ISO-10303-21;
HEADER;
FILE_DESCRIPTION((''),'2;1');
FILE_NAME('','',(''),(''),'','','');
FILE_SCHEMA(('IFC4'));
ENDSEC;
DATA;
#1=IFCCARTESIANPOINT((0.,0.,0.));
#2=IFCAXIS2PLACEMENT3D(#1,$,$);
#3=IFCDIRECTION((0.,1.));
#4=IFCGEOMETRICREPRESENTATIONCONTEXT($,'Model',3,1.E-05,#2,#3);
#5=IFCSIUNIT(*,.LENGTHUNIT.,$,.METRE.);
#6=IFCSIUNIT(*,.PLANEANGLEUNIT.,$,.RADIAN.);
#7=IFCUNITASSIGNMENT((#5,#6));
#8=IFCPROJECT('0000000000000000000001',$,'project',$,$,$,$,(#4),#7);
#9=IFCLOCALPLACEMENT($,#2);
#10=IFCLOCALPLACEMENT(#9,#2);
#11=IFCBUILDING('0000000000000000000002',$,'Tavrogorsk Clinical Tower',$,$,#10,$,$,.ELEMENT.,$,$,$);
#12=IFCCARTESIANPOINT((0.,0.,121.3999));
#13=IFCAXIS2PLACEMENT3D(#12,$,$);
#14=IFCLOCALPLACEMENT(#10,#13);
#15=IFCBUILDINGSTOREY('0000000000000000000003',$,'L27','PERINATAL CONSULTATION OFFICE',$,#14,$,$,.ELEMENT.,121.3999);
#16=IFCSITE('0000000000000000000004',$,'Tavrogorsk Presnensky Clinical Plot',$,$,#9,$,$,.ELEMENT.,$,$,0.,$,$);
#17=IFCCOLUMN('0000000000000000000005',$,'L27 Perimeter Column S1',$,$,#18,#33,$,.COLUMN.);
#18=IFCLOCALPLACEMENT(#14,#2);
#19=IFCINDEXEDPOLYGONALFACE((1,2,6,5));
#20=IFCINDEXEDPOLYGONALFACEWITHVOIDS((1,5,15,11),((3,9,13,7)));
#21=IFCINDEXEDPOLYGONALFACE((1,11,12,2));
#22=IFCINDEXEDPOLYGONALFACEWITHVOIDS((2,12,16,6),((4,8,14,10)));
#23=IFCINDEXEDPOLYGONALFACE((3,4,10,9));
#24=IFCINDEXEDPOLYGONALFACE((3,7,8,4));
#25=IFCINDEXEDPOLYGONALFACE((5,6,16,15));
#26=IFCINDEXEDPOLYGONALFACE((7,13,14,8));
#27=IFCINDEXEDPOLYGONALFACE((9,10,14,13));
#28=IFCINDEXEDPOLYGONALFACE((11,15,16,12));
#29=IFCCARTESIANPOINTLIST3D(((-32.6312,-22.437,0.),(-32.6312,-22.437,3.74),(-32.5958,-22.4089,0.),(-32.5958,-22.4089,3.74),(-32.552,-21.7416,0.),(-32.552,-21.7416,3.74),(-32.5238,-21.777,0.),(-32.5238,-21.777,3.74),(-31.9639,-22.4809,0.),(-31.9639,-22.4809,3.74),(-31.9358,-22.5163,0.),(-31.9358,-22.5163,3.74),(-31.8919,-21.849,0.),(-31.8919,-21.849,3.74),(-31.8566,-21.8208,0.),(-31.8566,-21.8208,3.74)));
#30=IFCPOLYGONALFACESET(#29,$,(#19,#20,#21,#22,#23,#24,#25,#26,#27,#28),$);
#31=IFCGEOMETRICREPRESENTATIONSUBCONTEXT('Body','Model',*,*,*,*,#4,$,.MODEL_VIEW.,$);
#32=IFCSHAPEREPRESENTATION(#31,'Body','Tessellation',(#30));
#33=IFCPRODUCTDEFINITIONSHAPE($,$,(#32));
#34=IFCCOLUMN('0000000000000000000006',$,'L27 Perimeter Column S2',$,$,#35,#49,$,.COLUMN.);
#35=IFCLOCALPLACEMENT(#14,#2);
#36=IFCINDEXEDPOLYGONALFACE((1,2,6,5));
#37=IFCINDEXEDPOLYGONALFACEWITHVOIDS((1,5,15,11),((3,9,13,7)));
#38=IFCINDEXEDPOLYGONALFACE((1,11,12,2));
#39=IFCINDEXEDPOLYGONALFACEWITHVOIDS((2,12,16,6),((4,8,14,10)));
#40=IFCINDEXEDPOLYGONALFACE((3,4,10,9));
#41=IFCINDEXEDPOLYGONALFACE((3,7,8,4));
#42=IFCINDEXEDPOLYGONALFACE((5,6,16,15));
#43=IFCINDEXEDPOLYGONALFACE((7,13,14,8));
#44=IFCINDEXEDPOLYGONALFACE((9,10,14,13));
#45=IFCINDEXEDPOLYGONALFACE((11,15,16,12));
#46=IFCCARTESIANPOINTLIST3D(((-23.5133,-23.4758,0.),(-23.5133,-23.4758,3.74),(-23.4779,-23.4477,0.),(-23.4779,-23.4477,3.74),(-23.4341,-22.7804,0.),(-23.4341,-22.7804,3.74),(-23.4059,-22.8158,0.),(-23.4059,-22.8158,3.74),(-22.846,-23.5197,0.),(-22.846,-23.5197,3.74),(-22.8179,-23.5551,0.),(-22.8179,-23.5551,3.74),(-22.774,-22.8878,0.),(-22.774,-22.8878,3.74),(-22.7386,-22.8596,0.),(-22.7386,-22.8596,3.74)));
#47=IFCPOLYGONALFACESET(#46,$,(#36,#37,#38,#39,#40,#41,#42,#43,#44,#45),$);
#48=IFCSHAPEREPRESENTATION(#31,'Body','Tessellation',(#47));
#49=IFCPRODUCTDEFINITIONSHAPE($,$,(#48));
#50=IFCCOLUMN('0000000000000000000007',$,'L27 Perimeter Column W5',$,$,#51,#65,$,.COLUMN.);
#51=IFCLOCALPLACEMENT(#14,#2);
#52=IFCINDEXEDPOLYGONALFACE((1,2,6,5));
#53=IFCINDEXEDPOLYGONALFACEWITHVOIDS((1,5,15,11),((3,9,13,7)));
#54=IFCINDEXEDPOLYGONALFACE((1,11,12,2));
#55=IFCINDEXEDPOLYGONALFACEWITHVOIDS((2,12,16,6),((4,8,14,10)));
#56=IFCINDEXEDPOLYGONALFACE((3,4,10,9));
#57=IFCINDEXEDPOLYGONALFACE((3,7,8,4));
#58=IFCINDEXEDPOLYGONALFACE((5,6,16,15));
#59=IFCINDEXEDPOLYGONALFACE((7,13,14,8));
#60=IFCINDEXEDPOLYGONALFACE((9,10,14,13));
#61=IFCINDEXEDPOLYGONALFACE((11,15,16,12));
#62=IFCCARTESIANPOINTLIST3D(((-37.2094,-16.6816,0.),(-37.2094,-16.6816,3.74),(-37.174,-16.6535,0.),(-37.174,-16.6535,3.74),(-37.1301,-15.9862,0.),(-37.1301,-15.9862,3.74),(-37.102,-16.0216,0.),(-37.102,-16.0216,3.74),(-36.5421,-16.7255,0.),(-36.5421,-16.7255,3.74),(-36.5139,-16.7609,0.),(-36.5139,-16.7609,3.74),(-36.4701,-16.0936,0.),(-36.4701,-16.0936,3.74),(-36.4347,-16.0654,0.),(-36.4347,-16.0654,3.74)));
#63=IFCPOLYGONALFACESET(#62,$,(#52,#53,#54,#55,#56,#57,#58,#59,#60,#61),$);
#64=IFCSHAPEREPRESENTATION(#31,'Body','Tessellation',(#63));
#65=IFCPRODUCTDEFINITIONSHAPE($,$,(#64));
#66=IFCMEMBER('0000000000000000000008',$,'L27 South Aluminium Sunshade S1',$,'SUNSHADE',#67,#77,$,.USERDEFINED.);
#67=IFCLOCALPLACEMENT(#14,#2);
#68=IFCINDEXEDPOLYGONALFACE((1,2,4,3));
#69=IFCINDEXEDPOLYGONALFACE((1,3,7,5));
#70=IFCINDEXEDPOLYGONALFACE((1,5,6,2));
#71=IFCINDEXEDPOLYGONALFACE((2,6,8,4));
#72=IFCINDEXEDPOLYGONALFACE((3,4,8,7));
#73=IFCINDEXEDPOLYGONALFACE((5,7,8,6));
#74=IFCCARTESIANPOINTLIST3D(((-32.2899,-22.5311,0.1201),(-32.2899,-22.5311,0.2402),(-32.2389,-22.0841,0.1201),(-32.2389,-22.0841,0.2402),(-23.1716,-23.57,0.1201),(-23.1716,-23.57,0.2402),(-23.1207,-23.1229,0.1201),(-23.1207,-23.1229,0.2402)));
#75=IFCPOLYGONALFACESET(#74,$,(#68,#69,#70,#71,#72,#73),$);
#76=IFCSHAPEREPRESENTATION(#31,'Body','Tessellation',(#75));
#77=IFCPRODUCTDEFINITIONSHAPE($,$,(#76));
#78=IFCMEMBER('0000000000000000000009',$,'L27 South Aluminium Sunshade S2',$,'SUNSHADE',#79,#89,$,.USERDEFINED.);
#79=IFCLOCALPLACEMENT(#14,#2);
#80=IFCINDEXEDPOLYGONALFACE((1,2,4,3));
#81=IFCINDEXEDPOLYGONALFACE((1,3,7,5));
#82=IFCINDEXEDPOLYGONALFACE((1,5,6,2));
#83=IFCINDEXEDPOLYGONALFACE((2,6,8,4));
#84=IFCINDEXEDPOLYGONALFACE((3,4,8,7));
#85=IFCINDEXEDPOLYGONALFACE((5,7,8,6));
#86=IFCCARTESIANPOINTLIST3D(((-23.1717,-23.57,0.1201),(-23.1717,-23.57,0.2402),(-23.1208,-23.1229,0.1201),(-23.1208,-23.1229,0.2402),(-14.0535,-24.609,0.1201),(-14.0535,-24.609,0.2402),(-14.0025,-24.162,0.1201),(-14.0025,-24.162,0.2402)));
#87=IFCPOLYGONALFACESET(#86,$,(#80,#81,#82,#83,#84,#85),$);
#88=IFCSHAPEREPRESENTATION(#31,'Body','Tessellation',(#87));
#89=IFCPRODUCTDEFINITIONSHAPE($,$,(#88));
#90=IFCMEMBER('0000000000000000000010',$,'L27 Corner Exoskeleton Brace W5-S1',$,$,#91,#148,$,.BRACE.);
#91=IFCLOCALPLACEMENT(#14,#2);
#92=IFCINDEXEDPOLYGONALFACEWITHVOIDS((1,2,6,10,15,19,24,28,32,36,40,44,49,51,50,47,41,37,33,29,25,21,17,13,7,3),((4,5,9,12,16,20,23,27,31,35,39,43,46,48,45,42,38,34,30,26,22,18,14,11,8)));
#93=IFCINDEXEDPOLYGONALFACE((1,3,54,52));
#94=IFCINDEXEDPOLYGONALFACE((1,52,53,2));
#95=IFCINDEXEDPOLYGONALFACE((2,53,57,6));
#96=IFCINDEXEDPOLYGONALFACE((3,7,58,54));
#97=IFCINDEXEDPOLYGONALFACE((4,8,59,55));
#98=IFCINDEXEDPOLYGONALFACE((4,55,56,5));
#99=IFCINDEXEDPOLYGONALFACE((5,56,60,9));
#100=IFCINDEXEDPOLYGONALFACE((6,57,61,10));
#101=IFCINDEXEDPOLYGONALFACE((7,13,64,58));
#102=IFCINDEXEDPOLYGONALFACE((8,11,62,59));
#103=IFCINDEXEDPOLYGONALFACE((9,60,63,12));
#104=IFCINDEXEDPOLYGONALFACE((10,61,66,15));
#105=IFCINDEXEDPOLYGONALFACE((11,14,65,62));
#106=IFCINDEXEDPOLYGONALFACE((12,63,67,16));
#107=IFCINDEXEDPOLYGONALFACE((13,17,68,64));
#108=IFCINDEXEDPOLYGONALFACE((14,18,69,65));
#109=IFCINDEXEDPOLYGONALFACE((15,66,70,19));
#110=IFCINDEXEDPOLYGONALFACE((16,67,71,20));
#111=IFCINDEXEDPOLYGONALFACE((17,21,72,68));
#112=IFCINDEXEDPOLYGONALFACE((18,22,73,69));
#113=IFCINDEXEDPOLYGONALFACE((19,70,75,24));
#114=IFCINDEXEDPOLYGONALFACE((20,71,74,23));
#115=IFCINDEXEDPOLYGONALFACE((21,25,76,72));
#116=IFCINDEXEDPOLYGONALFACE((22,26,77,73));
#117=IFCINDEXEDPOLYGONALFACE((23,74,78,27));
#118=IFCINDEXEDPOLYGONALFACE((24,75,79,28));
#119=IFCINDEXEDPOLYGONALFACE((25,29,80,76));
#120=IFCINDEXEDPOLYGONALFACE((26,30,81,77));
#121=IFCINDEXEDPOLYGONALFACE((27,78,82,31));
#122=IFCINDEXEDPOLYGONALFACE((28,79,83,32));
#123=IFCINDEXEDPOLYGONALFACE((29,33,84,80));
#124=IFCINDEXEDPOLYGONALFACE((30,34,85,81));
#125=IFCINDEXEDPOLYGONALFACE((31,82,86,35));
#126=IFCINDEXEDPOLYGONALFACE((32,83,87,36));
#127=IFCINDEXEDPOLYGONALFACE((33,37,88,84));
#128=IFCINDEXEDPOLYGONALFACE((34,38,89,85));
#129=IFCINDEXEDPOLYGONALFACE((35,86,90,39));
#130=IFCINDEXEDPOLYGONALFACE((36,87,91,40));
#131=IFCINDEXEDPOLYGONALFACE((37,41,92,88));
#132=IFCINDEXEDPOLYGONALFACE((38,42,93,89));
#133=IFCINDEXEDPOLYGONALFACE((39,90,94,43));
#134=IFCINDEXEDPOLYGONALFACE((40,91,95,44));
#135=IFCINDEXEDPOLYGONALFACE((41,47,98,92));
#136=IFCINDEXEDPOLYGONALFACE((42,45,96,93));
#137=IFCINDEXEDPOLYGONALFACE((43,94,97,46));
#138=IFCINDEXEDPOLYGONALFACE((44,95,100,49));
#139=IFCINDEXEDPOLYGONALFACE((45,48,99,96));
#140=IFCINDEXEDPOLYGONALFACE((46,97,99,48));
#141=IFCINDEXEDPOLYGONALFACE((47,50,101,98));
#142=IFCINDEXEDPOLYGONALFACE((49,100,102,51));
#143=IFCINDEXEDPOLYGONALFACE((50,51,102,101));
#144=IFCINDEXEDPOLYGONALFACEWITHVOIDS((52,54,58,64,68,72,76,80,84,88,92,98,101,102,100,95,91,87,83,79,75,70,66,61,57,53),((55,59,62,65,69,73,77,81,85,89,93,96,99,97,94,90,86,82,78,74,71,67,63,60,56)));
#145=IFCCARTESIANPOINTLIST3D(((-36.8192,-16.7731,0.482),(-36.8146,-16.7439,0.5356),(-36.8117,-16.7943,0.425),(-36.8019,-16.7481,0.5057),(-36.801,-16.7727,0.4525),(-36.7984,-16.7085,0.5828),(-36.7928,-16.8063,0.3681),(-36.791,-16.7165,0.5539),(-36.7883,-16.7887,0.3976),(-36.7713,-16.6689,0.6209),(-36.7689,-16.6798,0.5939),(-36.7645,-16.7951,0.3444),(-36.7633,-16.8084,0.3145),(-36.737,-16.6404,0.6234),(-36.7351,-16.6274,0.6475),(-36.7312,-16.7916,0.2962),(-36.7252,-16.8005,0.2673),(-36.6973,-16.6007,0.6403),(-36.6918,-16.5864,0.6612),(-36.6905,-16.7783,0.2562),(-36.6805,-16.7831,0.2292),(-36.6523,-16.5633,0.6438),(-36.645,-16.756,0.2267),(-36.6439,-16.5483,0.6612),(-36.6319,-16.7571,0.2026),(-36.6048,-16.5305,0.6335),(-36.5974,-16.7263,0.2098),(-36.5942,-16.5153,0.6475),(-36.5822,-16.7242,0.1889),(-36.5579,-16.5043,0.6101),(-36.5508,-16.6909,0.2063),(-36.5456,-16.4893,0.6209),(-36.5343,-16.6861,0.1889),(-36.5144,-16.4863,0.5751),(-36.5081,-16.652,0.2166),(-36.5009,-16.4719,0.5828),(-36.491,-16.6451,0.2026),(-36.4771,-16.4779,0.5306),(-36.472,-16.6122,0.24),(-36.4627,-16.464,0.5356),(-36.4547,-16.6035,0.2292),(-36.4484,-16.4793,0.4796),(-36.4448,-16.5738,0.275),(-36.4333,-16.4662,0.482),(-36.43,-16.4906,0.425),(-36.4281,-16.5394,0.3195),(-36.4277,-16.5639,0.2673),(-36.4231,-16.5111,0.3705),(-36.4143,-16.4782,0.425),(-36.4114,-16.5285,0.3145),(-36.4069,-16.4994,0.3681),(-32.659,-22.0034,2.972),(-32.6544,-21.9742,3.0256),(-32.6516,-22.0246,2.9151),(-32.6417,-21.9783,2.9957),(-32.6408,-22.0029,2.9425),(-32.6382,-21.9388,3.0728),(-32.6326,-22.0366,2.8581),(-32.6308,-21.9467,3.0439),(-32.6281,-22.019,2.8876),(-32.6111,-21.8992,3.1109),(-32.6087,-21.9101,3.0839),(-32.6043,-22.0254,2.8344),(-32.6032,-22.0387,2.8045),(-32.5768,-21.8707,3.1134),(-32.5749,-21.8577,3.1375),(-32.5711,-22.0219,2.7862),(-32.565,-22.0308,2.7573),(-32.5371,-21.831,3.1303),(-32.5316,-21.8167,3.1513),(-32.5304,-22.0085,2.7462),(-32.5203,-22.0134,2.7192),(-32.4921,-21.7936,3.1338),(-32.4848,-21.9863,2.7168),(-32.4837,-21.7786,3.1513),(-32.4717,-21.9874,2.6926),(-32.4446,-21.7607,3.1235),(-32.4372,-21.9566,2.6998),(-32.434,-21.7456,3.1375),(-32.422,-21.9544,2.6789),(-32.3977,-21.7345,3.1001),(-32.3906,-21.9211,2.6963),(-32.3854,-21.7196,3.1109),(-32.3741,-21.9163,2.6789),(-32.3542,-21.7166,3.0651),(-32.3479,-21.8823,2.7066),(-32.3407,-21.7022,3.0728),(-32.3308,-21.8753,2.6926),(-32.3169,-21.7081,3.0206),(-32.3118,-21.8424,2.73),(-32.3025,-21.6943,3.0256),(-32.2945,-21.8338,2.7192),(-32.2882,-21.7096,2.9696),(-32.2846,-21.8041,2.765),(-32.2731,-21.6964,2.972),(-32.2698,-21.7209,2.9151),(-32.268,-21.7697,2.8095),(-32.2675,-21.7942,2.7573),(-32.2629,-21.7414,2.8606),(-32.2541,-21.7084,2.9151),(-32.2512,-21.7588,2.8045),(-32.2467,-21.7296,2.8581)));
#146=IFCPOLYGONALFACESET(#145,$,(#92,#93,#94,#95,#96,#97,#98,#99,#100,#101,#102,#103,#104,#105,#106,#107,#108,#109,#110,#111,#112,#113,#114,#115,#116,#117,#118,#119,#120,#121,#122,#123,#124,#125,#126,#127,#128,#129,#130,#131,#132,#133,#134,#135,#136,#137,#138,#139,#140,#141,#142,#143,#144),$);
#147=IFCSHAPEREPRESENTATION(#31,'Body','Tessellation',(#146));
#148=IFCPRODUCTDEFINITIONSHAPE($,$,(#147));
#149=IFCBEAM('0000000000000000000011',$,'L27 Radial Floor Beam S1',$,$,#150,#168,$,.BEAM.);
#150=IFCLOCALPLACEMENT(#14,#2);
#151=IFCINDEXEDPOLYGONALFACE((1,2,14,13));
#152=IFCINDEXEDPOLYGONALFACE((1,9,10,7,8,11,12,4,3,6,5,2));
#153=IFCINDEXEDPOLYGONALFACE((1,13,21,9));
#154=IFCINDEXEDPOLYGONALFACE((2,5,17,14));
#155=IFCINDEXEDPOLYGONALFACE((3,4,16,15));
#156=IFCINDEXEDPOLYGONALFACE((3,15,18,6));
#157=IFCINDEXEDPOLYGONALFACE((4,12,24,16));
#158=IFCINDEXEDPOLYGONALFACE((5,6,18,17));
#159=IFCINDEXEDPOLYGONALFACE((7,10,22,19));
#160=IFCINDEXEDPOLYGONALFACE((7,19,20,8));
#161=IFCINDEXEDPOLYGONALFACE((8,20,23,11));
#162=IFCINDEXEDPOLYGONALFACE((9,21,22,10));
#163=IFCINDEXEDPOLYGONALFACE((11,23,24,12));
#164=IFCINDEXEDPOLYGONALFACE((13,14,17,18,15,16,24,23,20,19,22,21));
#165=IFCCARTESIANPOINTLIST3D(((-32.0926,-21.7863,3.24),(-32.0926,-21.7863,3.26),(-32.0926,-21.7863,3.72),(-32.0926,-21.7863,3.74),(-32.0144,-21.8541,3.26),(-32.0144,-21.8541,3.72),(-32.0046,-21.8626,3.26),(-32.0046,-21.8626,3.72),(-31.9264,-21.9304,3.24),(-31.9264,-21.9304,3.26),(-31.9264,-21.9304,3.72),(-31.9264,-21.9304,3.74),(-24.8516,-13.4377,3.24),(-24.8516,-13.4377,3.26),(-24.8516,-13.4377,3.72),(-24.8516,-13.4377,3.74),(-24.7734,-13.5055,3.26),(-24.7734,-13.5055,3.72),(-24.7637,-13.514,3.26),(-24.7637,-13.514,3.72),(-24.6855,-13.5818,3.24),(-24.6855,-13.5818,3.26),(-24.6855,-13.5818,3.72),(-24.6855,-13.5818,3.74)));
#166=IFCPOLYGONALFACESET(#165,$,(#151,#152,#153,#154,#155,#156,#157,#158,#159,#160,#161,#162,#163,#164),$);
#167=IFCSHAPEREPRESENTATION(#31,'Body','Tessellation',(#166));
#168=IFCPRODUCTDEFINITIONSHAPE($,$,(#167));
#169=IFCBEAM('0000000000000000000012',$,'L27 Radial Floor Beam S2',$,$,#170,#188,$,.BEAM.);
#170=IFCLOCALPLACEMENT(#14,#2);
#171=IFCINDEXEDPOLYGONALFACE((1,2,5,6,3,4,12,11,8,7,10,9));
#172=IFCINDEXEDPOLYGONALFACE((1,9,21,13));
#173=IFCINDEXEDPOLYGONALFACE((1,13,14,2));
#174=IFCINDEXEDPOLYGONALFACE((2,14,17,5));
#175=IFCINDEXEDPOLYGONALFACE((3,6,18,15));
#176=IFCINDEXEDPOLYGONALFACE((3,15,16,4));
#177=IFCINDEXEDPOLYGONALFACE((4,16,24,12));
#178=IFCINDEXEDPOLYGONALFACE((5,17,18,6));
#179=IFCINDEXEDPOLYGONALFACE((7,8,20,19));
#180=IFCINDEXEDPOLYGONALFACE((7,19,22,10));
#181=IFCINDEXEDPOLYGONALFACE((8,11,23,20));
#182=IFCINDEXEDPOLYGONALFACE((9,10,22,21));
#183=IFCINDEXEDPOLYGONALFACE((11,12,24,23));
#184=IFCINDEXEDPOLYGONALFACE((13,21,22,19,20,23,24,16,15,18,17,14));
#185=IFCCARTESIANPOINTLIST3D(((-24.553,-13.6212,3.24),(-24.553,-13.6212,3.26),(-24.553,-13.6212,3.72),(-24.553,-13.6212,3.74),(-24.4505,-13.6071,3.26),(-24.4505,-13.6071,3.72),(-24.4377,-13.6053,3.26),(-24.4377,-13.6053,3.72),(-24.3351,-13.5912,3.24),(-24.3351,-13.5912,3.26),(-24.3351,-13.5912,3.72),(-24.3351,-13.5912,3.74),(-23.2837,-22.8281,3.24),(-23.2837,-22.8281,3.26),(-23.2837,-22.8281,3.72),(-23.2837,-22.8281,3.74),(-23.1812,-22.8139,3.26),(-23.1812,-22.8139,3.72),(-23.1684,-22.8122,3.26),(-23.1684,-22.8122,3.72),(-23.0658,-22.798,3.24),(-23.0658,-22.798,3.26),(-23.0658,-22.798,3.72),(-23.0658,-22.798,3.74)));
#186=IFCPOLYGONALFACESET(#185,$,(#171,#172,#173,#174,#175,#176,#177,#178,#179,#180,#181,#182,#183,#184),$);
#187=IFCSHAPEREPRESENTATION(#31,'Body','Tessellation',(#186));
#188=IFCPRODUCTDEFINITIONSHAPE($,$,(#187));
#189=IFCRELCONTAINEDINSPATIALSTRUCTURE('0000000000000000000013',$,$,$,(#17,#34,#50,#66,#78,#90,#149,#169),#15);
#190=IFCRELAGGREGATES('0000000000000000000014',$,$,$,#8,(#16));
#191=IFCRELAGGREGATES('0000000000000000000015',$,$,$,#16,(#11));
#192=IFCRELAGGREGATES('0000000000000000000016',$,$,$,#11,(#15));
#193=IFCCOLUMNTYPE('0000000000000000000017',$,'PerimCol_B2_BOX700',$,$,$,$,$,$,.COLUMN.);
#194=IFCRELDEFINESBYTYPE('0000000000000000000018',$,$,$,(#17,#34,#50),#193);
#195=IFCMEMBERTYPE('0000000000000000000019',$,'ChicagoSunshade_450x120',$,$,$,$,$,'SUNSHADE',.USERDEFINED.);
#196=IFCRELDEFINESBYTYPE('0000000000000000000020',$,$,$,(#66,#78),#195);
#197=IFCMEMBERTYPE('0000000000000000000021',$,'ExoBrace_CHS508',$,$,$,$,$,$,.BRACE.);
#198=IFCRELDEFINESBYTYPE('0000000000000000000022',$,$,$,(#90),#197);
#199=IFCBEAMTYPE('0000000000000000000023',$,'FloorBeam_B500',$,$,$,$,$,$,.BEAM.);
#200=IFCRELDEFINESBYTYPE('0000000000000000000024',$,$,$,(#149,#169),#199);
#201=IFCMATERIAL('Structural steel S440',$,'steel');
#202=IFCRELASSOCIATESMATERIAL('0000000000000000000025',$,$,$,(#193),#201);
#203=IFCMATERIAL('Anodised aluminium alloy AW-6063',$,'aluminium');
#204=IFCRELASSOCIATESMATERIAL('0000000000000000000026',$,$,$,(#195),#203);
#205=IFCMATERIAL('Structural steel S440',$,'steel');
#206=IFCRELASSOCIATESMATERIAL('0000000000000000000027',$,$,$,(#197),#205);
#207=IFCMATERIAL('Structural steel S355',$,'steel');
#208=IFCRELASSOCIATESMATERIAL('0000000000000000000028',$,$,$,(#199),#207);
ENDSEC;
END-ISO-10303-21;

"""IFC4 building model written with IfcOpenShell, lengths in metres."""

from ifc_helpers import new_model, si_unit, direction, frame, origin, origin_2d, place, context, subcontext, project, spatial, rectangle, hollow_rectangle, hollow_circle, i_section, extrude, material, material_profile, profile_set, type_object, element, save


model = new_model("IFC4")

# Units and contexts
model_context = context("Model", 3, precision=1e-05, world=origin(), true_north=direction((0.0, 1.0)))
body_context = subcontext(model_context, "Body", "Model", "MODEL_VIEW")
ifc_project = project(units=[si_unit("LENGTHUNIT", "METRE"), si_unit("PLANEANGLEUNIT", "RADIAN")], contexts=[model_context])

# Site, building, storey
site_placement = place(None, origin())
site = spatial("IfcSite", under=ifc_project, at=site_placement, Name="Tavrogorsk Presnensky Clinical Plot", CompositionType="ELEMENT", RefElevation=0.0)
building_placement = place(site_placement, origin())
building = spatial("IfcBuilding", under=site, at=building_placement, Name="Tavrogorsk Clinical Tower", CompositionType="ELEMENT")
storey_placement = place(building_placement, frame((0.0, 0.0, 121.3999)))
storey = spatial("IfcBuildingStorey", under=building, at=storey_placement, Name="L27", Description="PERINATAL CONSULTATION OFFICE", CompositionType="ELEMENT", Elevation=121.3999)

# Columns
ifc_material_1 = material(Name="Structural steel S440", Category="steel")
ifc_material_profile_1 = material_profile(ifc_material_1, hollow_rectangle(XDim=0.7, YDim=0.7, WallThickness=0.032, at=origin_2d()), Name="BOX-700x700x32")
ifc_profile_set_1 = profile_set([ifc_material_profile_1], Name="Structural steel S440")
column_type = type_object("IfcColumnType", Name="PerimCol_B2_BOX700", PredefinedType="COLUMN", material=ifc_profile_set_1)
for number, where, z_axis, x_axis, name in (
    (1, (-32.2439, -22.1289, 0.0), (0.0, 0.0, 1.0), (0.993572, -0.113203, 0.0), "L27 Perimeter Column S1"),
    (2, (-23.126, -23.1677, 0.0), (0.0, 0.0, 1.0), (0.993572, -0.113203, 0.0), "L27 Perimeter Column S2"),
    (3, (-36.822, -16.3735, 0.0), (0.0, 0.0, 1.0), (0.993572, -0.113203, 0.0), "L27 Perimeter Column W5"),
):
    element("IfcColumn", number, at=place(storey_placement, frame(where, z_axis=z_axis, x_axis=x_axis)), inside=storey, type_object=column_type, Name=name, PredefinedType="COLUMN", context=body_context, shape_type="SweptSolid", body=[
        extrude(hollow_rectangle(XDim=0.7, YDim=0.7, WallThickness=0.032, at=origin_2d()), origin(), (0.0, 0.0, 1.0), 3.74),
    ])

# Members
ifc_material_2 = material(Name="Anodised aluminium alloy AW-6063", Category="aluminium")
ifc_material_profile_2 = material_profile(ifc_material_2, rectangle(XDim=0.45, YDim=0.1201, at=origin_2d()), Name="ALU-SUNSHADE-450x120")
ifc_profile_set_2 = profile_set([ifc_material_profile_2], Name="Anodised aluminium alloy AW-6063")
member_type_1 = type_object("IfcMemberType", Name="ChicagoSunshade_450x120", ElementType="SUNSHADE", PredefinedType="USERDEFINED", material=ifc_profile_set_2)
for number, where, z_axis, x_axis, name in (
    (4, (-32.2644, -22.3076, 0.1802), (0.993573, -0.113196, 0.0), (0.113196, 0.993573, 0.0), "L27 South Aluminium Sunshade S1"),
    (5, (-23.1462, -23.3464, 0.1802), (0.99357, -0.113222, 0.0), (0.113222, 0.99357, 0.0), "L27 South Aluminium Sunshade S2"),
):
    element("IfcMember", number, at=place(storey_placement, frame(where, z_axis=z_axis, x_axis=x_axis)), inside=storey, type_object=member_type_1, Name=name, ObjectType="SUNSHADE", PredefinedType="USERDEFINED", context=body_context, shape_type="SweptSolid", body=[
        extrude(rectangle(XDim=0.45, YDim=0.1201, at=origin_2d()), origin(), (0.0, 0.0, 1.0), 9.1772),
    ])
ifc_material_3 = material(Name="Structural steel S440", Category="steel")
ifc_material_profile_3 = material_profile(ifc_material_3, hollow_circle(Radius=0.2539, WallThickness=0.02, at=origin_2d()), Name="CHS-508x20")
ifc_profile_set_3 = profile_set([ifc_material_profile_3], Name="Structural steel S440")
member_type_2 = type_object("IfcMemberType", Name="ExoBrace_CHS508", PredefinedType="BRACE", material=ifc_profile_set_3)
member_1_placement = place(storey_placement, frame((-36.613, -16.6362, 0.425), z_axis=(0.583327, -0.733369, 0.34914), x_axis=(0.782619, 0.622501, 0.0)))
element("IfcMember", 6, at=member_1_placement, inside=storey, type_object=member_type_2, Name="L27 Corner Exoskeleton Brace W5-S1", PredefinedType="BRACE", context=body_context, shape_type="SweptSolid", body=[
    extrude(hollow_circle(Radius=0.2539, WallThickness=0.02, at=origin_2d()), origin(), (0.0, 0.0, 1.0), 7.1318),
])

# Beams
ifc_material_4 = material(Name="Structural steel S355", Category="steel")
ifc_material_profile_4 = material_profile(ifc_material_4, i_section(OverallWidth=0.22, OverallDepth=0.5, WebThickness=0.0129, FlangeThickness=0.02, at=origin_2d()), Name="B-500x220x13x20")
ifc_profile_set_4 = profile_set([ifc_material_profile_4], Name="Structural steel S355")
beam_type_1 = type_object("IfcBeamType", Name="FloorBeam_B500", PredefinedType="BEAM", material=ifc_profile_set_4)
beam_1_placement = place(storey_placement, frame((-24.7686, -13.5098, 3.49), z_axis=(-0.655214, -0.755443, 0.0), x_axis=(0.755443, -0.655214, 0.0)))
element("IfcBeam", 7, at=beam_1_placement, inside=storey, type_object=beam_type_1, Name="L27 Radial Floor Beam S1", PredefinedType="BEAM", context=body_context, shape_type="SweptSolid", body=[
    extrude(i_section(OverallWidth=0.22, OverallDepth=0.5, WebThickness=0.0129, FlangeThickness=0.02, at=origin_2d()), origin(), (0.0, 0.0, 1.0), 11.0513),
])
beam_2_placement = place(storey_placement, frame((-24.4441, -13.6062, 3.49), z_axis=(0.136573, -0.99063, 0.0), x_axis=(0.99063, 0.136573, 0.0)))
element("IfcBeam", 8, at=beam_2_placement, inside=storey, type_object=beam_type_1, Name="L27 Radial Floor Beam S2", PredefinedType="BEAM", context=body_context, shape_type="SweptSolid", body=[
    extrude(i_section(OverallWidth=0.22, OverallDepth=0.5, WebThickness=0.0129, FlangeThickness=0.02, at=origin_2d()), origin(), (0.0, 0.0, 1.0), 9.2939),
])

save(model, "model.ifc")
